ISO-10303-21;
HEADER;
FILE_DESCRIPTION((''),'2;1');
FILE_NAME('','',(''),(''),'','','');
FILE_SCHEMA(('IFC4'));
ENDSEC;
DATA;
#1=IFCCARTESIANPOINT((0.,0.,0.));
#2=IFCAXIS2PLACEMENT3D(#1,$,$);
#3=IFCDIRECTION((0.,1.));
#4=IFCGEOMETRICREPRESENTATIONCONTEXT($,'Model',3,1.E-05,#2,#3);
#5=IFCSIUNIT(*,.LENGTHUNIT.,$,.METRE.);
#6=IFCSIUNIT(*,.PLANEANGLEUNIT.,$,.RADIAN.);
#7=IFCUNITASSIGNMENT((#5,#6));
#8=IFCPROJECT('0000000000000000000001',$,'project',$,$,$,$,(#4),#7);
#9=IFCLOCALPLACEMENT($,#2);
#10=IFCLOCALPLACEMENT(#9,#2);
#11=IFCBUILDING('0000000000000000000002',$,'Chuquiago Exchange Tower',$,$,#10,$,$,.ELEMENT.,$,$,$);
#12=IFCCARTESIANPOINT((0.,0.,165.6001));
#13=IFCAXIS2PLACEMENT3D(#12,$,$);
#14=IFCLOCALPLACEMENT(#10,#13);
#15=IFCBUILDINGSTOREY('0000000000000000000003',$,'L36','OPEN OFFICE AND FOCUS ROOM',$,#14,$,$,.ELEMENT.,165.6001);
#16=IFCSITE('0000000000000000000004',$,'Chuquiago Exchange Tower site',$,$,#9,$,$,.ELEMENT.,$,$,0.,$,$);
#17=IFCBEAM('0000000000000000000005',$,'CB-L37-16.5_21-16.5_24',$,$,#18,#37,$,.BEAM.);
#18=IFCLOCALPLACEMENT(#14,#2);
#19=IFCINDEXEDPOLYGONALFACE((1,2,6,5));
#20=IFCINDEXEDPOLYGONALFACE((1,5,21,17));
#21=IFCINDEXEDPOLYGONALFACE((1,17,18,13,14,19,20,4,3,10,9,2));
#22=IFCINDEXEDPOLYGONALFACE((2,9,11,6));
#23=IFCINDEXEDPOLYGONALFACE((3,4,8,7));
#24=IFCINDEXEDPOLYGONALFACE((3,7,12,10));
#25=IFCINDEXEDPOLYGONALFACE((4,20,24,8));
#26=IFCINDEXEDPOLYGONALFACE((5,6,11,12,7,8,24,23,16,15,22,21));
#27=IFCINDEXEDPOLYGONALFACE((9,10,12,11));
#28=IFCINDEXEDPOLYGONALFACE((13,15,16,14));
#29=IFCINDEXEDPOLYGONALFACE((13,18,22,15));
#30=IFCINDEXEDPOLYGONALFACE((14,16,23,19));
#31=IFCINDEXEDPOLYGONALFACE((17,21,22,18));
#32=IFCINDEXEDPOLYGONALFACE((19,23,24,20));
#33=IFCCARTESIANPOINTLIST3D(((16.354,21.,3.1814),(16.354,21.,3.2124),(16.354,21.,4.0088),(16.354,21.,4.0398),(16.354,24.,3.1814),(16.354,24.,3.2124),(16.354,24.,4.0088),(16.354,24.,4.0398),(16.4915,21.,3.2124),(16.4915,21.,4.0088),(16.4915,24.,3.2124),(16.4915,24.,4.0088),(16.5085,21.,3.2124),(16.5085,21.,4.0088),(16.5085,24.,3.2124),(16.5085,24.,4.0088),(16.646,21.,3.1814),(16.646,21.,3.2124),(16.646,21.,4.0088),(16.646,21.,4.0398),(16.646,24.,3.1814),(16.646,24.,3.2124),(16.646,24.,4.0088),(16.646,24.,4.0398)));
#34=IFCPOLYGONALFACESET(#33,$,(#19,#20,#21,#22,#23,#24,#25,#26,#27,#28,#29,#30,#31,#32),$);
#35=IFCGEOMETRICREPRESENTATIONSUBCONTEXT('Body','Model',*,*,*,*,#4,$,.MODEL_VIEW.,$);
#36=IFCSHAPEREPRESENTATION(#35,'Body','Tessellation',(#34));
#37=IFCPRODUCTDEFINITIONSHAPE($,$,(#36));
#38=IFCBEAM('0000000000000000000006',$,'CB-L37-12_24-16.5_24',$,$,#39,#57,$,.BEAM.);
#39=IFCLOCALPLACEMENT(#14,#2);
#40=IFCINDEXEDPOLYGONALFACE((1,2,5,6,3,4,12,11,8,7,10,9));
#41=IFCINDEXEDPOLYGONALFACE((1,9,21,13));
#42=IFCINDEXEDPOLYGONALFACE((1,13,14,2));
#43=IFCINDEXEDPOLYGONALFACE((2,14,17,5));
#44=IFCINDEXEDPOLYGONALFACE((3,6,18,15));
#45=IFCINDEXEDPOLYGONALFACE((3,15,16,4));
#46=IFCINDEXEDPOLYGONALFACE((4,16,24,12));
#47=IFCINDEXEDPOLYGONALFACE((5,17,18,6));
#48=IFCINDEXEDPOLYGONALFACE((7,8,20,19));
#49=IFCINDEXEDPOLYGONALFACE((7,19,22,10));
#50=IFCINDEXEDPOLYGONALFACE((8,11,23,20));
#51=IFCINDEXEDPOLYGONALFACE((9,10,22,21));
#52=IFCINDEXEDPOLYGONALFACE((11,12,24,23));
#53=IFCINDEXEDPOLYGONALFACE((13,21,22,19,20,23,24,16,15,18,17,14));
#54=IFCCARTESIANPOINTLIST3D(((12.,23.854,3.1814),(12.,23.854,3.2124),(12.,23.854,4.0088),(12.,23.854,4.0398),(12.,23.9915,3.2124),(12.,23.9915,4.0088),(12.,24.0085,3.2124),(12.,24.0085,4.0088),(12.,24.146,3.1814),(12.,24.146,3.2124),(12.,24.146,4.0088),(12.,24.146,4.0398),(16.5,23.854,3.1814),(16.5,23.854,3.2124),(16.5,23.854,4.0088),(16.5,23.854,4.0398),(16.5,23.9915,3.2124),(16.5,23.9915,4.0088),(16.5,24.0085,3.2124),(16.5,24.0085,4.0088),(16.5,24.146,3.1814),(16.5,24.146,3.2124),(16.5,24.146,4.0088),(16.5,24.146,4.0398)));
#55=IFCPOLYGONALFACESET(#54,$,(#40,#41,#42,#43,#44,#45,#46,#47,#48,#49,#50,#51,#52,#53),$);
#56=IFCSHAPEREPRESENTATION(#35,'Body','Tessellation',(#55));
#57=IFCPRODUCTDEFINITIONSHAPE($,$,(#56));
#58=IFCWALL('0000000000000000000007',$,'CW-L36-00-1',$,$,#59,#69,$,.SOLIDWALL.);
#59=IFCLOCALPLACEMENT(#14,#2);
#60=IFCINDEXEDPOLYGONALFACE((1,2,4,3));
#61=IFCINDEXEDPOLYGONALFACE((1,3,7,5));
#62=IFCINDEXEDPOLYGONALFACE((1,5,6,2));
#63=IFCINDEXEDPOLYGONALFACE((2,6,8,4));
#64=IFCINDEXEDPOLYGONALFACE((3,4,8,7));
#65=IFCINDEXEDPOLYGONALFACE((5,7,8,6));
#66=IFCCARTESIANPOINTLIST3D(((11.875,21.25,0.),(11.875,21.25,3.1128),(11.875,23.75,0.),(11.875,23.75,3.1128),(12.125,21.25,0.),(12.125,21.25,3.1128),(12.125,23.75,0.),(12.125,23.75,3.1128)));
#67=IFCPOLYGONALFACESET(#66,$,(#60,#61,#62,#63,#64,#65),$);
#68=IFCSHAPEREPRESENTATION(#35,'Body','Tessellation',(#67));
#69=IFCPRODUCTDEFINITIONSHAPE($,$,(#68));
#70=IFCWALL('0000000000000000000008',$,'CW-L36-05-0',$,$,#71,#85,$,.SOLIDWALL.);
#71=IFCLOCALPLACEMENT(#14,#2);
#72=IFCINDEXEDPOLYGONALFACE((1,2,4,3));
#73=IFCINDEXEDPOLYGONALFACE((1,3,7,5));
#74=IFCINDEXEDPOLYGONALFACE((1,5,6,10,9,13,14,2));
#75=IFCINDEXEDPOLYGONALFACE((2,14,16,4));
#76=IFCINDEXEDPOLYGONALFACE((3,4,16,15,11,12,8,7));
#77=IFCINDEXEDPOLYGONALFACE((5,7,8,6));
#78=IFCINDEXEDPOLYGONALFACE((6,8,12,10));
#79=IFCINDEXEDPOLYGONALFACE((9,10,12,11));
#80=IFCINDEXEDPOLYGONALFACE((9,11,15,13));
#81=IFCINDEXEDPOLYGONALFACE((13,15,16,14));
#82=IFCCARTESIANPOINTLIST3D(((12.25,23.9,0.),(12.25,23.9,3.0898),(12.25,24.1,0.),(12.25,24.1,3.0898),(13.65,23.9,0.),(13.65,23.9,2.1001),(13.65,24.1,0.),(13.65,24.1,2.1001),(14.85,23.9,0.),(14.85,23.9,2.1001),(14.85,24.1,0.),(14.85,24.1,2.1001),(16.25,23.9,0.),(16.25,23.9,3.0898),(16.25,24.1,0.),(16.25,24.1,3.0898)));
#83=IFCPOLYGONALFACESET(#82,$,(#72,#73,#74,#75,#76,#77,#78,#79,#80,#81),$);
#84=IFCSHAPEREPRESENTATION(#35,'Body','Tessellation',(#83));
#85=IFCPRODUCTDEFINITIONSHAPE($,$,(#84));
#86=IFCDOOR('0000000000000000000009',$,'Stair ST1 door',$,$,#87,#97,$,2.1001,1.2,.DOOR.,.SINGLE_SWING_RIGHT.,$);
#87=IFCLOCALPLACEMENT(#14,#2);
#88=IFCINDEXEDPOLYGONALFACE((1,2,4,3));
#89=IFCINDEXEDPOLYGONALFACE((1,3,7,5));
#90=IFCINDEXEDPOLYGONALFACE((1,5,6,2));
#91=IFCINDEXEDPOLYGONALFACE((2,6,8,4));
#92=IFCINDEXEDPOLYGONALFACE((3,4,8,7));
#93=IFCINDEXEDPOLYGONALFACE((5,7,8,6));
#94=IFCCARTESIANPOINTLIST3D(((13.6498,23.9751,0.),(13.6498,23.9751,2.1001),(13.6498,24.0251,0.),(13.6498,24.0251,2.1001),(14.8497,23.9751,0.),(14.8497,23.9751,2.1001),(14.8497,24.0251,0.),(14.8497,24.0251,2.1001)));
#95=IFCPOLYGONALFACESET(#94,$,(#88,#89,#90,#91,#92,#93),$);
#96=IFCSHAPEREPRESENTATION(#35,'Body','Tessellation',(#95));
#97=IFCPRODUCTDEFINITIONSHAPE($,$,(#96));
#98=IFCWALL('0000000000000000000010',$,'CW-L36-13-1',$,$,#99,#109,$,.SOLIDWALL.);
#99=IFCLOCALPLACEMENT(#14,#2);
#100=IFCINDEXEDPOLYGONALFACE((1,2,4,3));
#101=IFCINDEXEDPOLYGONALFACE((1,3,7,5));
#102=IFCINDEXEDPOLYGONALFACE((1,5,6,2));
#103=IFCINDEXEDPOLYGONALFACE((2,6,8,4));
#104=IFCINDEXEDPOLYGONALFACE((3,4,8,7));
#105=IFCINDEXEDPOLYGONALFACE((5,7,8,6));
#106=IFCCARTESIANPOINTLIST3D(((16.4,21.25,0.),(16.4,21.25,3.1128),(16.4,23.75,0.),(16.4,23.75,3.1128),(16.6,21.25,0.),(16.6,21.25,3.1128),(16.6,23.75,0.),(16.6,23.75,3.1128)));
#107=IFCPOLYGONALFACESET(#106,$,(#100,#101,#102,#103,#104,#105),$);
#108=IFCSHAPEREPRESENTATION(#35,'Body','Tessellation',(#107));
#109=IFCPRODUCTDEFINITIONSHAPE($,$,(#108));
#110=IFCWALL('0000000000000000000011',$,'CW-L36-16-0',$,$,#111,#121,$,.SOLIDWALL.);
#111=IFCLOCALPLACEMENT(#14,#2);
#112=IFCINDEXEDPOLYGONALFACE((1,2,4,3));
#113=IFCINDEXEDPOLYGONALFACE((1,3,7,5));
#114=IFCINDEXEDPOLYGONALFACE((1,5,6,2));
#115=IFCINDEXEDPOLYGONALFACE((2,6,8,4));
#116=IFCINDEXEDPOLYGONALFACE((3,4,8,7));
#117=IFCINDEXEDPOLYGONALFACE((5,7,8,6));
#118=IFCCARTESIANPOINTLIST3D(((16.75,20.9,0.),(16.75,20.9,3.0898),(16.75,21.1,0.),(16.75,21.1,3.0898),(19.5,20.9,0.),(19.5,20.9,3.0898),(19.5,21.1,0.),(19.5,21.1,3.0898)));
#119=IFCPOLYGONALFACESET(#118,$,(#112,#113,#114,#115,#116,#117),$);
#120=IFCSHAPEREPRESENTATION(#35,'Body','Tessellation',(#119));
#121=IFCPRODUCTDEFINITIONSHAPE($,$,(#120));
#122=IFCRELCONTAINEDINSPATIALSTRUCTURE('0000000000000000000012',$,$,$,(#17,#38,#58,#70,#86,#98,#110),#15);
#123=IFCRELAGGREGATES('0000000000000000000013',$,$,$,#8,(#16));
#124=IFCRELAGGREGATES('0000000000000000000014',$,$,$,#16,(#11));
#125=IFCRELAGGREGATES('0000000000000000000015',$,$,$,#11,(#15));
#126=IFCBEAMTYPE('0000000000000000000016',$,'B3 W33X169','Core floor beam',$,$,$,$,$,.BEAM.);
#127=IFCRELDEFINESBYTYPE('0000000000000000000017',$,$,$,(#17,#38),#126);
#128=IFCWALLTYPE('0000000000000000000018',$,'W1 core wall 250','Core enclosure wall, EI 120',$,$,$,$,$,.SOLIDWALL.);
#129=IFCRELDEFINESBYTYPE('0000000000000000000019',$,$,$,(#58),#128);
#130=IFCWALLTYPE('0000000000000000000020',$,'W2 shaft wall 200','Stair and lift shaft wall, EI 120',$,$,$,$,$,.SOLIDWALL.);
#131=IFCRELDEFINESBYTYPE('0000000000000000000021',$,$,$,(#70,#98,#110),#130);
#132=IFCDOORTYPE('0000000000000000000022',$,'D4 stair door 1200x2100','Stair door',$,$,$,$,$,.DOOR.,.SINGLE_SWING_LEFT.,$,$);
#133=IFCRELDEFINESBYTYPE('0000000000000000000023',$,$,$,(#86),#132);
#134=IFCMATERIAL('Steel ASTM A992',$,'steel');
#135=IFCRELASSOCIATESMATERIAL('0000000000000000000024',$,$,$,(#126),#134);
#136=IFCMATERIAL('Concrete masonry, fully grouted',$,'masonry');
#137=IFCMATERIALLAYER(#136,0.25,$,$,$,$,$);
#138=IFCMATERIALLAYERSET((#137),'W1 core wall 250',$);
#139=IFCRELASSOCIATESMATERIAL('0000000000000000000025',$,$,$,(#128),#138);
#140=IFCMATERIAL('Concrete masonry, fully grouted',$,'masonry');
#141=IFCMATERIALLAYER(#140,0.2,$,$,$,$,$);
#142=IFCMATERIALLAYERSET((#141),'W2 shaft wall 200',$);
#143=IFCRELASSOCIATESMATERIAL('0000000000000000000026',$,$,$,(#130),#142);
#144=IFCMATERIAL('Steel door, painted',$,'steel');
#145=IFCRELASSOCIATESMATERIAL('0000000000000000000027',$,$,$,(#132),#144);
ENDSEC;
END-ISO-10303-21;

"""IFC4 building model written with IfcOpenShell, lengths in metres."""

from ifc_helpers import new_model, si_unit, direction, frame, frame_2d, origin, origin_2d, place, context, subcontext, project, spatial, rectangle, i_section, extrude, material, layer, layer_set, material_profile, profile_set, type_object, element, fill, save


model = new_model("IFC4")

# Units and contexts
model_context = context("Model", 3, precision=1e-05, world=origin(), true_north=direction((0.0, 1.0)))
body_context = subcontext(model_context, "Body", "Model", "MODEL_VIEW")
ifc_project = project(units=[si_unit("LENGTHUNIT", "METRE"), si_unit("PLANEANGLEUNIT", "RADIAN")], contexts=[model_context])

# Site, building, storey
site_placement = place(None, origin())
site = spatial("IfcSite", under=ifc_project, at=site_placement, Name="Chuquiago Exchange Tower site", CompositionType="ELEMENT", RefElevation=0.0)
building_placement = place(site_placement, origin())
building = spatial("IfcBuilding", under=site, at=building_placement, Name="Chuquiago Exchange Tower", CompositionType="ELEMENT")
storey_placement = place(building_placement, frame((0.0, 0.0, 165.6001)))
storey = spatial("IfcBuildingStorey", under=building, at=storey_placement, Name="L36", Description="OPEN OFFICE AND FOCUS ROOM", CompositionType="ELEMENT", Elevation=165.6001)

# Beams
ifc_material_1 = material(Name="Steel ASTM A992", Category="steel")
ifc_material_profile_1 = material_profile(ifc_material_1, i_section(OverallWidth=0.292, OverallDepth=0.8584, WebThickness=0.0171, FlangeThickness=0.031, at=origin_2d()), Name="W33X169")
ifc_profile_set_1 = profile_set([ifc_material_profile_1], Name="Steel ASTM A992")
beam_type_1 = type_object("IfcBeamType", Name="B3 W33X169", Description="Core floor beam", PredefinedType="BEAM", material=ifc_profile_set_1)
for number, where, z_axis, x_axis, name in (
    (1, (16.5, 21.0, 3.6106), (0.0, 1.0, 0.0), (-1.0, 0.0, 0.0), "CB-L37-16.5_21-16.5_24"),
):
    element("IfcBeam", number, at=place(storey_placement, frame(where, z_axis=z_axis, x_axis=x_axis)), inside=storey, type_object=beam_type_1, Name=name, PredefinedType="BEAM", context=body_context, shape_type="SweptSolid", body=[
        extrude(i_section(OverallWidth=0.292, OverallDepth=0.8584, WebThickness=0.0171, FlangeThickness=0.031, at=origin_2d()), origin(), (0.0, 0.0, 1.0), 3.0),
    ])
beam_1_placement = place(storey_placement, frame((12.0, 24.0, 3.6106), z_axis=(1.0, 0.0, 0.0), x_axis=(0.0, 1.0, 0.0)))
element("IfcBeam", 2, at=beam_1_placement, inside=storey, type_object=beam_type_1, Name="CB-L37-12_24-16.5_24", PredefinedType="BEAM", context=body_context, shape_type="SweptSolid", body=[
    extrude(i_section(OverallWidth=0.292, OverallDepth=0.8584, WebThickness=0.0171, FlangeThickness=0.031, at=origin_2d()), origin(), (0.0, 0.0, 1.0), 4.5),
])

# Wall
ifc_material_2 = material(Name="Concrete masonry, fully grouted", Category="masonry")
ifc_layer_1 = layer(ifc_material_2, 0.25)
ifc_layer_set_1 = layer_set([ifc_layer_1], Name="W1 core wall 250")
wall_type_1 = type_object("IfcWallType", Name="W1 core wall 250", Description="Core enclosure wall, EI 120", PredefinedType="SOLIDWALL", material=ifc_layer_set_1)
wall_1_placement = place(storey_placement, frame((12.0, 21.25, 0.0), z_axis=(0.0, 0.0, 1.0), x_axis=(0.0, 1.0, 0.0)))
element("IfcWall", 3, at=wall_1_placement, inside=storey, type_object=wall_type_1, Name="CW-L36-00-1", PredefinedType="SOLIDWALL", context=body_context, shape_type="SweptSolid", body=[
    extrude(rectangle(XDim=2.5, YDim=0.25, at=frame_2d((1.25, 0.0))), origin(), (0.0, 0.0, 1.0), 3.1128),
])

# Wall, opening, door
ifc_material_3 = material(Name="Concrete masonry, fully grouted", Category="masonry")
ifc_layer_2 = layer(ifc_material_3, 0.2)
ifc_layer_set_2 = layer_set([ifc_layer_2], Name="W2 shaft wall 200")
wall_type_2 = type_object("IfcWallType", Name="W2 shaft wall 200", Description="Stair and lift shaft wall, EI 120", PredefinedType="SOLIDWALL", material=ifc_layer_set_2)
wall_2_placement = place(storey_placement, frame((12.25, 24.0, 0.0), z_axis=(0.0, 0.0, 1.0), x_axis=(1.0, 0.0, 0.0)))
wall_2 = element("IfcWall", 4, at=wall_2_placement, inside=storey, type_object=wall_type_2, Name="CW-L36-05-0", PredefinedType="SOLIDWALL", context=body_context, shape_type="SweptSolid", body=[
    extrude(rectangle(XDim=4.0, YDim=0.2, at=frame_2d((2.0, 0.0))), origin(), (0.0, 0.0, 1.0), 3.0898),
])
opening_placement = place(wall_2_placement, frame((1.3999, 0.0, 0.0)))
opening = element("IfcOpeningElement", 5, at=opening_placement, cuts=wall_2, PredefinedType="OPENING", context=body_context, shape_type="SweptSolid", body=[
    extrude(rectangle(XDim=1.2, YDim=2.1001, at=frame_2d((0.6001, 1.05))), frame((0.0, 0.1099, 0.0), z_axis=(0.0, -1.0, 0.0), x_axis=(1.0, 0.0, 0.0)), (0.0, 0.0, 1.0), 0.22),
])
ifc_material_4 = material(Name="Steel door, painted", Category="steel")
door_type = type_object("IfcDoorType", Name="D4 stair door 1200x2100", Description="Stair door", OperationType="SINGLE_SWING_LEFT", PredefinedType="DOOR", material=ifc_material_4)
door_placement = place(opening_placement, frame((1.2, 0.0, 0.0), z_axis=(0.0, 0.0, 1.0), x_axis=(-1.0, 0.0, 0.0)))
door = element("IfcDoor", 6, at=door_placement, inside=storey, type_object=door_type, Name="Stair ST1 door", OperationType="SINGLE_SWING_RIGHT", OverallHeight=2.1001, OverallWidth=1.2, PredefinedType="DOOR", context=body_context, shape_type="SweptSolid", body=[
    extrude(rectangle(XDim=1.2, YDim=2.1001, at=frame_2d((0.6001, 1.05))), frame((0.0, 0.0249, 0.0), z_axis=(0.0, -1.0, 0.0), x_axis=(1.0, 0.0, 0.0)), (0.0, 0.0, 1.0), 0.05),
])
fill(opening, door)

# Walls
wall_3_placement = place(storey_placement, frame((16.5, 21.25, 0.0), z_axis=(0.0, 0.0, 1.0), x_axis=(0.0, 1.0, 0.0)))
element("IfcWall", 7, at=wall_3_placement, inside=storey, type_object=wall_type_2, Name="CW-L36-13-1", PredefinedType="SOLIDWALL", context=body_context, shape_type="SweptSolid", body=[
    extrude(rectangle(XDim=2.5, YDim=0.2, at=frame_2d((1.25, 0.0))), origin(), (0.0, 0.0, 1.0), 3.1128),
])
wall_4_placement = place(storey_placement, frame((16.75, 21.0, 0.0), z_axis=(0.0, 0.0, 1.0), x_axis=(1.0, 0.0, 0.0)))
element("IfcWall", 8, at=wall_4_placement, inside=storey, type_object=wall_type_2, Name="CW-L36-16-0", PredefinedType="SOLIDWALL", context=body_context, shape_type="SweptSolid", body=[
    extrude(rectangle(XDim=2.75, YDim=0.2, at=frame_2d((1.375, 0.0))), origin(), (0.0, 0.0, 1.0), 3.0898),
])

save(model, "model.ifc")
